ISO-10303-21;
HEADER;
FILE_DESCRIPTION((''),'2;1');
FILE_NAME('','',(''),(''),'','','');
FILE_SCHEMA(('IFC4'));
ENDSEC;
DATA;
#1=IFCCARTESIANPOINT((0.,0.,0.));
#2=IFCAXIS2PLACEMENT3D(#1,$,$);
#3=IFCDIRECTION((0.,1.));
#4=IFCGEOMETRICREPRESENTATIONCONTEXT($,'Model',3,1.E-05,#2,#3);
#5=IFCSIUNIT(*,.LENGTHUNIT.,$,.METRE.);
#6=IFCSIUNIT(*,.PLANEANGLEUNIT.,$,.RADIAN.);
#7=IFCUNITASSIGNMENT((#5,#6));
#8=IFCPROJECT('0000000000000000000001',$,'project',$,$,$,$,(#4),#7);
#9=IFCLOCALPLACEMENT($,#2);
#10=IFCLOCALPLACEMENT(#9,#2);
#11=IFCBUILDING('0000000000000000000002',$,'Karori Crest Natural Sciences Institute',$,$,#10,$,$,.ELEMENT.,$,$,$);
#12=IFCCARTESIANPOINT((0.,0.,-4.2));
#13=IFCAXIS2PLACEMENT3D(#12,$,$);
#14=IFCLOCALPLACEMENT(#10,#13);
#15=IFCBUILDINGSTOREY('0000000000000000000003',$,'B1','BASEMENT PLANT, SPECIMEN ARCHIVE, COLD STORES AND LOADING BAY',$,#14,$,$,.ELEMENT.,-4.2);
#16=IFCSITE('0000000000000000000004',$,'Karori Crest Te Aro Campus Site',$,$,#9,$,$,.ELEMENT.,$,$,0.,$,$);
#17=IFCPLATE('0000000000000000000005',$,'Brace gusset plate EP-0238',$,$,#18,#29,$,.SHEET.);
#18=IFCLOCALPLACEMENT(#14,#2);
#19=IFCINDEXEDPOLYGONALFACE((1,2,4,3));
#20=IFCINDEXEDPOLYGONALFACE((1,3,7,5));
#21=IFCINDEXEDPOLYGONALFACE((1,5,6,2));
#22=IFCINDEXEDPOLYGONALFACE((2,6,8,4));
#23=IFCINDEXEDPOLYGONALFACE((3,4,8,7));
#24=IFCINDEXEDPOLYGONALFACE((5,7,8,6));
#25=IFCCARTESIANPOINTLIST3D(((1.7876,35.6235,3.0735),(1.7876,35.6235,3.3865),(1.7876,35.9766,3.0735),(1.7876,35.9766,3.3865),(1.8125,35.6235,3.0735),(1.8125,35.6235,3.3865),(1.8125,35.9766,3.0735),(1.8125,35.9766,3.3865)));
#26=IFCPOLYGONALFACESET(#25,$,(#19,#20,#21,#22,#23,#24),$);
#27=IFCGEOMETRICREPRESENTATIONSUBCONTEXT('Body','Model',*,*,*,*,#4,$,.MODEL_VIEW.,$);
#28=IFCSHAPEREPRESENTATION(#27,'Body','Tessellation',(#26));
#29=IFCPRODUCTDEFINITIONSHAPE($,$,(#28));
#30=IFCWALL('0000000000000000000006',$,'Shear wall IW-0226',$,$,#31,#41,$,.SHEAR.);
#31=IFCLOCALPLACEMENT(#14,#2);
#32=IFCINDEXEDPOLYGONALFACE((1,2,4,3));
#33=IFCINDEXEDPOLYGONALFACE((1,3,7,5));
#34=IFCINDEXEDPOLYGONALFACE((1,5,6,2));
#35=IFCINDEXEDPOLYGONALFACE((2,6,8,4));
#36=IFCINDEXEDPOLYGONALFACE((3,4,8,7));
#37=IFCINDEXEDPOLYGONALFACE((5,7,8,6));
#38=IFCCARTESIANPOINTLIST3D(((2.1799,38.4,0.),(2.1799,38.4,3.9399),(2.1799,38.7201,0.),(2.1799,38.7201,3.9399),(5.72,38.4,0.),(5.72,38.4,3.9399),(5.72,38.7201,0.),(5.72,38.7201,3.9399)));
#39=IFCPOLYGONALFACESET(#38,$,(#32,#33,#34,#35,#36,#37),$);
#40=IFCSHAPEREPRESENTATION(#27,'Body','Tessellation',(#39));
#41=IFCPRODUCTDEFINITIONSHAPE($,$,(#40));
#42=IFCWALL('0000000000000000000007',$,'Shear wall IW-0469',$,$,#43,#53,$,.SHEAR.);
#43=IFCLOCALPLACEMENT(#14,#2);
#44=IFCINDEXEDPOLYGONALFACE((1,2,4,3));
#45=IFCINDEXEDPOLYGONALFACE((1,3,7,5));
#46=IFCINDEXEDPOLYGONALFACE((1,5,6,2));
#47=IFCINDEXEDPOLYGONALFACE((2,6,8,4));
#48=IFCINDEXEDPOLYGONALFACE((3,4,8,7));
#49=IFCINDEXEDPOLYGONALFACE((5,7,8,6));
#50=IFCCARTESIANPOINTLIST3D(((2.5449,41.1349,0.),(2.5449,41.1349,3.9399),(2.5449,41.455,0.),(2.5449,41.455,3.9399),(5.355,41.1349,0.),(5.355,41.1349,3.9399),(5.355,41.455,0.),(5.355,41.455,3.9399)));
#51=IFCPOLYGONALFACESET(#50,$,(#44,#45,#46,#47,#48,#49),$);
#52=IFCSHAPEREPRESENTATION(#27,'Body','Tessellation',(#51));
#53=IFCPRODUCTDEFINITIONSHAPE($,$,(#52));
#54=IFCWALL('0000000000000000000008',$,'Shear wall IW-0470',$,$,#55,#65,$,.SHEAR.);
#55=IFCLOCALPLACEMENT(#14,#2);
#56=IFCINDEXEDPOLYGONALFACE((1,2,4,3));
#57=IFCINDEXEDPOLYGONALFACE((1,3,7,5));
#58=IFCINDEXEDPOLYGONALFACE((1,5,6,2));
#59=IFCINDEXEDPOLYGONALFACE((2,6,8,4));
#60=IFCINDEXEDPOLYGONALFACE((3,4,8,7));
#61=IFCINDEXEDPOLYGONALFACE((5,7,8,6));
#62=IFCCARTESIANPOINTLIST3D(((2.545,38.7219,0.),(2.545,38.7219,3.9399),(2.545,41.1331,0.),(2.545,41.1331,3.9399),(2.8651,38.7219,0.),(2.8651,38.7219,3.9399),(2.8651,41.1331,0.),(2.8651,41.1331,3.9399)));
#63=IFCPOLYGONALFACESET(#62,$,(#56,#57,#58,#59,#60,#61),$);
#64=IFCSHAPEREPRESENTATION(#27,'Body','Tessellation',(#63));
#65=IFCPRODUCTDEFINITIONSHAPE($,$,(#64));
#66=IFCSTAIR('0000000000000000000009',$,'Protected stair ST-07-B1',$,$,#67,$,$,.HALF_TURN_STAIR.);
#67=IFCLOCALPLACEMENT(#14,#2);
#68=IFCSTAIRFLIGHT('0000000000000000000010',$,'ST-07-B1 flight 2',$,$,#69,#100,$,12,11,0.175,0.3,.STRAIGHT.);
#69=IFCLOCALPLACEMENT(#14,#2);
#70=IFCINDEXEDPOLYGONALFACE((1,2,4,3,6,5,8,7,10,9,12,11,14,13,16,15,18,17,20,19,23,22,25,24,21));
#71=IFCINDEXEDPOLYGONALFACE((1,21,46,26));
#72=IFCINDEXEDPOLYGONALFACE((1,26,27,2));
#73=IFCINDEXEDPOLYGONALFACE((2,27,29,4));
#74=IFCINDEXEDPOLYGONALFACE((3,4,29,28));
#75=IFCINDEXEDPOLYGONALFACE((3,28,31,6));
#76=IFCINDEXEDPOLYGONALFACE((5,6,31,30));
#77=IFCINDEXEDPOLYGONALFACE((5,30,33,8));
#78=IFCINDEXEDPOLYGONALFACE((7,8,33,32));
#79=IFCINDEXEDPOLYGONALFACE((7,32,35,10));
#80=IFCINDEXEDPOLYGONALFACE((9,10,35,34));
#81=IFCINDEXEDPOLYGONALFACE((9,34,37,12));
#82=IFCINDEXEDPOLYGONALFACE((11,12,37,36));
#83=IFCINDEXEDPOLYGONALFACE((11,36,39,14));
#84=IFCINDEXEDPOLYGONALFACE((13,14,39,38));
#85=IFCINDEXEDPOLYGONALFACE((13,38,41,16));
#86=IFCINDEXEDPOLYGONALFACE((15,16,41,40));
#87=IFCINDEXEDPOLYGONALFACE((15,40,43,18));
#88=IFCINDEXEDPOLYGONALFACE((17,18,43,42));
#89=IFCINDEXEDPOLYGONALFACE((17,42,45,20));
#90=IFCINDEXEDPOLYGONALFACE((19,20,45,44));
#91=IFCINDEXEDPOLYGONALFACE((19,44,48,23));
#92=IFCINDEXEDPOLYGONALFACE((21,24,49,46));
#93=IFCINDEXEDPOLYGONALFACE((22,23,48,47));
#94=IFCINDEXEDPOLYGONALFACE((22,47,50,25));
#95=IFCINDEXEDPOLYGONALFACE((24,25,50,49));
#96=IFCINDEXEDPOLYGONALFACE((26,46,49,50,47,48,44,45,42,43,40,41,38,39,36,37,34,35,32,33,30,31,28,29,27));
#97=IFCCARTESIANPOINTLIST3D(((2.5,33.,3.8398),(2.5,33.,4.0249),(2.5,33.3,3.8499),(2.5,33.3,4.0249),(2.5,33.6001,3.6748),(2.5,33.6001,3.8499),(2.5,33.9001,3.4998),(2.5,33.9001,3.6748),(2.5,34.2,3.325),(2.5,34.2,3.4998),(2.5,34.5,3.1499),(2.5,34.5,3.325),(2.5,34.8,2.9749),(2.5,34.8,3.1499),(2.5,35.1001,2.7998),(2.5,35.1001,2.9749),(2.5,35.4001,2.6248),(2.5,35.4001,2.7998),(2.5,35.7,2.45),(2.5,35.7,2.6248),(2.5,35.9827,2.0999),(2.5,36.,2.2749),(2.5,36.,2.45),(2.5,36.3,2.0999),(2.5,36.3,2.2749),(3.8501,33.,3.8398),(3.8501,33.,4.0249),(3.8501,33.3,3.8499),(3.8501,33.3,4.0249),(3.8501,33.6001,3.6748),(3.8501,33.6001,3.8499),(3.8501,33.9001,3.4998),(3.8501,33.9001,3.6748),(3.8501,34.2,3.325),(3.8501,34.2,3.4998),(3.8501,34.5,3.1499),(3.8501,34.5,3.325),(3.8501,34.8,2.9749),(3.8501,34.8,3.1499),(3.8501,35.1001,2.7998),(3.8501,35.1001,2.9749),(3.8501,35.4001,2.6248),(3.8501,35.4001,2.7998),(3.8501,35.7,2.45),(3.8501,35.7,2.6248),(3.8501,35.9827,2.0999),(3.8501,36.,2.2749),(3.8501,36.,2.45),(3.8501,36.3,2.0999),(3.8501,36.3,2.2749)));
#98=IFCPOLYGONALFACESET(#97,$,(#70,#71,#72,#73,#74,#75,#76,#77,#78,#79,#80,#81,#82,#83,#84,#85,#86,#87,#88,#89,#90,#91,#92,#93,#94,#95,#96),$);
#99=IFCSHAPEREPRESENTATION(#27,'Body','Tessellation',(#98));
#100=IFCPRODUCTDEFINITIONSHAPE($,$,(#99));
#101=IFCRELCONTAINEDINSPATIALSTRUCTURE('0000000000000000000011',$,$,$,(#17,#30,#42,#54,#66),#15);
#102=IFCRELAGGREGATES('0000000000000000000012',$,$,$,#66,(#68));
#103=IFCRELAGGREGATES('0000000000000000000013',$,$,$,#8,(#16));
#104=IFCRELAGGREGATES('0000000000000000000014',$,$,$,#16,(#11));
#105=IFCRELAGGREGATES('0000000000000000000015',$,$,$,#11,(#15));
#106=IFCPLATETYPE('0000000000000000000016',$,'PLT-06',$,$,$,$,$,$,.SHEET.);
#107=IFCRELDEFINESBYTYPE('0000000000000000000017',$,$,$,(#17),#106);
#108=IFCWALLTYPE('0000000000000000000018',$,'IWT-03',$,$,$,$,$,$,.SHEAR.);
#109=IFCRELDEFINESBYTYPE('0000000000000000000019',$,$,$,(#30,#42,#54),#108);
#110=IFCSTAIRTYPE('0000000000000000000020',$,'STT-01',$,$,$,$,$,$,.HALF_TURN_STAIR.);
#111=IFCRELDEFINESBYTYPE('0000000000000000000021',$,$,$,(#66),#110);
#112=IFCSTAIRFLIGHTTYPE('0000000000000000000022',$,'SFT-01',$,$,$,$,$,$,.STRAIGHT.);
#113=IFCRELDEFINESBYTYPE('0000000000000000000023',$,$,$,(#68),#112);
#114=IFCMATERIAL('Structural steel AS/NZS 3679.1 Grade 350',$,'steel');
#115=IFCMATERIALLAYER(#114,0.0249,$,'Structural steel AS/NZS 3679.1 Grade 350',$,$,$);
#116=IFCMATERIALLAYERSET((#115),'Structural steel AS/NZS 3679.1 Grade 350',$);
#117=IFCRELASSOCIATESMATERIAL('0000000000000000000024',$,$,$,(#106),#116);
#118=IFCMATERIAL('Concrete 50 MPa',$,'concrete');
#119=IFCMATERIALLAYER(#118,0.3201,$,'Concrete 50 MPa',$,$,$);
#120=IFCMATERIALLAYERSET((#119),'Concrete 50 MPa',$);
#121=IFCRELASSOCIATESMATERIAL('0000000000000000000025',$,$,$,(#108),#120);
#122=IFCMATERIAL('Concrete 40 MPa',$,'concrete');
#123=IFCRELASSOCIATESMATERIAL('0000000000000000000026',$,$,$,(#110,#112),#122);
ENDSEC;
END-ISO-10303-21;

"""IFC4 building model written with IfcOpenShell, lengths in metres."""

from ifc_helpers import new_model, si_unit, direction, frame, frame_2d, origin, origin_2d, place, context, subcontext, project, spatial, polyline, rectangle, outline, extrude, material, layer, layer_set, type_object, element, aggregate, save


model = new_model("IFC4")

# Units and contexts
model_context = context("Model", 3, precision=1e-05, world=origin(), true_north=direction((0.0, 1.0)))
body_context = subcontext(model_context, "Body", "Model", "MODEL_VIEW")
ifc_project = project(units=[si_unit("LENGTHUNIT", "METRE"), si_unit("PLANEANGLEUNIT", "RADIAN")], contexts=[model_context])

# Site, building, storey
site_placement = place(None, origin())
site = spatial("IfcSite", under=ifc_project, at=site_placement, Name="Karori Crest Te Aro Campus Site", CompositionType="ELEMENT", RefElevation=0.0)
building_placement = place(site_placement, origin())
building = spatial("IfcBuilding", under=site, at=building_placement, Name="Karori Crest Natural Sciences Institute", CompositionType="ELEMENT")
storey_placement = place(building_placement, frame((0.0, 0.0, -4.2)))
storey = spatial("IfcBuildingStorey", under=building, at=storey_placement, Name="B1", Description="BASEMENT PLANT, SPECIMEN ARCHIVE, COLD STORES AND LOADING BAY", CompositionType="ELEMENT", Elevation=-4.2)

# Shared definitions
ifc_material_1 = material(Name="Concrete 40 MPa", Category="concrete")

# Shared definitions
ifc_material_2 = material(Name="Structural steel AS/NZS 3679.1 Grade 350", Category="steel")

# Plate
ifc_layer_1 = layer(ifc_material_2, 0.0249, Name="Structural steel AS/NZS 3679.1 Grade 350")
ifc_layer_set_1 = layer_set([ifc_layer_1], Name="Structural steel AS/NZS 3679.1 Grade 350")
plate_type = type_object("IfcPlateType", Name="PLT-06", PredefinedType="SHEET", material=ifc_layer_set_1)
plate_placement = place(storey_placement, frame((1.8, 35.8, 3.0735), z_axis=(0.0, 0.0, 1.0), x_axis=(0.0, 1.0, 0.0)))
element("IfcPlate", 1, at=plate_placement, inside=storey, type_object=plate_type, Name="Brace gusset plate EP-0238", PredefinedType="SHEET", context=body_context, shape_type="SweptSolid", body=[
    extrude(rectangle(XDim=0.353, YDim=0.0249, at=origin_2d()), origin(), (0.0, 0.0, 1.0), 0.313),
])

# Walls
ifc_material_3 = material(Name="Concrete 50 MPa", Category="concrete")
ifc_layer_2 = layer(ifc_material_3, 0.3201, Name="Concrete 50 MPa")
ifc_layer_set_2 = layer_set([ifc_layer_2], Name="Concrete 50 MPa")
wall_type = type_object("IfcWallType", Name="IWT-03", PredefinedType="SHEAR", material=ifc_layer_set_2)
wall_1_placement = place(storey_placement, frame((2.1799, 38.5601, 0.0), z_axis=(0.0, 0.0, 1.0), x_axis=(1.0, 0.0, 0.0)))
element("IfcWall", 2, at=wall_1_placement, inside=storey, type_object=wall_type, Name="Shear wall IW-0226", PredefinedType="SHEAR", context=body_context, shape_type="SweptSolid", body=[
    extrude(rectangle(XDim=3.54, YDim=0.3201, at=frame_2d((1.77, 0.0))), origin(), (0.0, 0.0, 1.0), 3.9399),
])
wall_2_placement = place(storey_placement, frame((2.5449, 41.2949, 0.0), z_axis=(0.0, 0.0, 1.0), x_axis=(1.0, 0.0, 0.0)))
element("IfcWall", 3, at=wall_2_placement, inside=storey, type_object=wall_type, Name="Shear wall IW-0469", PredefinedType="SHEAR", context=body_context, shape_type="SweptSolid", body=[
    extrude(rectangle(XDim=2.8101, YDim=0.3201, at=frame_2d((1.405, 0.0))), origin(), (0.0, 0.0, 1.0), 3.9399),
])
wall_3_placement = place(storey_placement, frame((2.7051, 38.7219, 0.0), z_axis=(0.0, 0.0, 1.0), x_axis=(0.0, 1.0, 0.0)))
element("IfcWall", 4, at=wall_3_placement, inside=storey, type_object=wall_type, Name="Shear wall IW-0470", PredefinedType="SHEAR", context=body_context, shape_type="SweptSolid", body=[
    extrude(rectangle(XDim=2.4111, YDim=0.3201, at=frame_2d((1.2056, 0.0))), origin(), (0.0, 0.0, 1.0), 3.9399),
])

# Stair, stair flight
stair_type = type_object("IfcStairType", Name="STT-01", PredefinedType="HALF_TURN_STAIR", material=ifc_material_1)
stair_placement = place(storey_placement, origin())
stair = element("IfcStair", 5, at=stair_placement, inside=storey, type_object=stair_type, Name="Protected stair ST-07-B1", PredefinedType="HALF_TURN_STAIR")
stair_flight_type = type_object("IfcStairFlightType", Name="SFT-01", PredefinedType="STRAIGHT", material=ifc_material_1)
stair_flight_placement = place(storey_placement, frame((3.175, 36.3, 2.0999), z_axis=(0.0, 0.0, 1.0), x_axis=(0.0, -1.0, 0.0)))
stair_flight = element("IfcStairFlight", 6, at=stair_flight_placement, type_object=stair_flight_type, Name="ST-07-B1 flight 2", NumberOfRisers=12, NumberOfTreads=11, PredefinedType="STRAIGHT", RiserHeight=0.175, TreadLength=0.3, context=body_context, shape_type="SweptSolid", body=[
    extrude(outline(polyline([(0.0, 0.0), (0.0, 0.175), (0.3, 0.175), (0.3, 0.3501), (0.6001, 0.3501), (0.6001, 0.5249), (0.8999, 0.5249), (0.8999, 0.7), (1.2, 0.7), (1.2, 0.875), (1.5, 0.875), (1.5, 1.05), (1.8, 1.05), (1.8, 1.2251), (2.1001, 1.2251), (2.1001, 1.3999), (2.3999, 1.3999), (2.3999, 1.575), (2.7, 1.575), (2.7, 1.75), (3.0, 1.75), (3.0, 1.925), (3.3, 1.925), (3.3, 2.1001), (3.3, 1.74), (0.3174, 0.0), (0.0, 0.0)])), frame((0.0, 0.675, 0.0), z_axis=(0.0, -1.0, 0.0), x_axis=(1.0, 0.0, 0.0)), (0.0, 0.0, 1.0), 1.3501),
])
aggregate(stair, [stair_flight])

save(model, "model.ifc")
